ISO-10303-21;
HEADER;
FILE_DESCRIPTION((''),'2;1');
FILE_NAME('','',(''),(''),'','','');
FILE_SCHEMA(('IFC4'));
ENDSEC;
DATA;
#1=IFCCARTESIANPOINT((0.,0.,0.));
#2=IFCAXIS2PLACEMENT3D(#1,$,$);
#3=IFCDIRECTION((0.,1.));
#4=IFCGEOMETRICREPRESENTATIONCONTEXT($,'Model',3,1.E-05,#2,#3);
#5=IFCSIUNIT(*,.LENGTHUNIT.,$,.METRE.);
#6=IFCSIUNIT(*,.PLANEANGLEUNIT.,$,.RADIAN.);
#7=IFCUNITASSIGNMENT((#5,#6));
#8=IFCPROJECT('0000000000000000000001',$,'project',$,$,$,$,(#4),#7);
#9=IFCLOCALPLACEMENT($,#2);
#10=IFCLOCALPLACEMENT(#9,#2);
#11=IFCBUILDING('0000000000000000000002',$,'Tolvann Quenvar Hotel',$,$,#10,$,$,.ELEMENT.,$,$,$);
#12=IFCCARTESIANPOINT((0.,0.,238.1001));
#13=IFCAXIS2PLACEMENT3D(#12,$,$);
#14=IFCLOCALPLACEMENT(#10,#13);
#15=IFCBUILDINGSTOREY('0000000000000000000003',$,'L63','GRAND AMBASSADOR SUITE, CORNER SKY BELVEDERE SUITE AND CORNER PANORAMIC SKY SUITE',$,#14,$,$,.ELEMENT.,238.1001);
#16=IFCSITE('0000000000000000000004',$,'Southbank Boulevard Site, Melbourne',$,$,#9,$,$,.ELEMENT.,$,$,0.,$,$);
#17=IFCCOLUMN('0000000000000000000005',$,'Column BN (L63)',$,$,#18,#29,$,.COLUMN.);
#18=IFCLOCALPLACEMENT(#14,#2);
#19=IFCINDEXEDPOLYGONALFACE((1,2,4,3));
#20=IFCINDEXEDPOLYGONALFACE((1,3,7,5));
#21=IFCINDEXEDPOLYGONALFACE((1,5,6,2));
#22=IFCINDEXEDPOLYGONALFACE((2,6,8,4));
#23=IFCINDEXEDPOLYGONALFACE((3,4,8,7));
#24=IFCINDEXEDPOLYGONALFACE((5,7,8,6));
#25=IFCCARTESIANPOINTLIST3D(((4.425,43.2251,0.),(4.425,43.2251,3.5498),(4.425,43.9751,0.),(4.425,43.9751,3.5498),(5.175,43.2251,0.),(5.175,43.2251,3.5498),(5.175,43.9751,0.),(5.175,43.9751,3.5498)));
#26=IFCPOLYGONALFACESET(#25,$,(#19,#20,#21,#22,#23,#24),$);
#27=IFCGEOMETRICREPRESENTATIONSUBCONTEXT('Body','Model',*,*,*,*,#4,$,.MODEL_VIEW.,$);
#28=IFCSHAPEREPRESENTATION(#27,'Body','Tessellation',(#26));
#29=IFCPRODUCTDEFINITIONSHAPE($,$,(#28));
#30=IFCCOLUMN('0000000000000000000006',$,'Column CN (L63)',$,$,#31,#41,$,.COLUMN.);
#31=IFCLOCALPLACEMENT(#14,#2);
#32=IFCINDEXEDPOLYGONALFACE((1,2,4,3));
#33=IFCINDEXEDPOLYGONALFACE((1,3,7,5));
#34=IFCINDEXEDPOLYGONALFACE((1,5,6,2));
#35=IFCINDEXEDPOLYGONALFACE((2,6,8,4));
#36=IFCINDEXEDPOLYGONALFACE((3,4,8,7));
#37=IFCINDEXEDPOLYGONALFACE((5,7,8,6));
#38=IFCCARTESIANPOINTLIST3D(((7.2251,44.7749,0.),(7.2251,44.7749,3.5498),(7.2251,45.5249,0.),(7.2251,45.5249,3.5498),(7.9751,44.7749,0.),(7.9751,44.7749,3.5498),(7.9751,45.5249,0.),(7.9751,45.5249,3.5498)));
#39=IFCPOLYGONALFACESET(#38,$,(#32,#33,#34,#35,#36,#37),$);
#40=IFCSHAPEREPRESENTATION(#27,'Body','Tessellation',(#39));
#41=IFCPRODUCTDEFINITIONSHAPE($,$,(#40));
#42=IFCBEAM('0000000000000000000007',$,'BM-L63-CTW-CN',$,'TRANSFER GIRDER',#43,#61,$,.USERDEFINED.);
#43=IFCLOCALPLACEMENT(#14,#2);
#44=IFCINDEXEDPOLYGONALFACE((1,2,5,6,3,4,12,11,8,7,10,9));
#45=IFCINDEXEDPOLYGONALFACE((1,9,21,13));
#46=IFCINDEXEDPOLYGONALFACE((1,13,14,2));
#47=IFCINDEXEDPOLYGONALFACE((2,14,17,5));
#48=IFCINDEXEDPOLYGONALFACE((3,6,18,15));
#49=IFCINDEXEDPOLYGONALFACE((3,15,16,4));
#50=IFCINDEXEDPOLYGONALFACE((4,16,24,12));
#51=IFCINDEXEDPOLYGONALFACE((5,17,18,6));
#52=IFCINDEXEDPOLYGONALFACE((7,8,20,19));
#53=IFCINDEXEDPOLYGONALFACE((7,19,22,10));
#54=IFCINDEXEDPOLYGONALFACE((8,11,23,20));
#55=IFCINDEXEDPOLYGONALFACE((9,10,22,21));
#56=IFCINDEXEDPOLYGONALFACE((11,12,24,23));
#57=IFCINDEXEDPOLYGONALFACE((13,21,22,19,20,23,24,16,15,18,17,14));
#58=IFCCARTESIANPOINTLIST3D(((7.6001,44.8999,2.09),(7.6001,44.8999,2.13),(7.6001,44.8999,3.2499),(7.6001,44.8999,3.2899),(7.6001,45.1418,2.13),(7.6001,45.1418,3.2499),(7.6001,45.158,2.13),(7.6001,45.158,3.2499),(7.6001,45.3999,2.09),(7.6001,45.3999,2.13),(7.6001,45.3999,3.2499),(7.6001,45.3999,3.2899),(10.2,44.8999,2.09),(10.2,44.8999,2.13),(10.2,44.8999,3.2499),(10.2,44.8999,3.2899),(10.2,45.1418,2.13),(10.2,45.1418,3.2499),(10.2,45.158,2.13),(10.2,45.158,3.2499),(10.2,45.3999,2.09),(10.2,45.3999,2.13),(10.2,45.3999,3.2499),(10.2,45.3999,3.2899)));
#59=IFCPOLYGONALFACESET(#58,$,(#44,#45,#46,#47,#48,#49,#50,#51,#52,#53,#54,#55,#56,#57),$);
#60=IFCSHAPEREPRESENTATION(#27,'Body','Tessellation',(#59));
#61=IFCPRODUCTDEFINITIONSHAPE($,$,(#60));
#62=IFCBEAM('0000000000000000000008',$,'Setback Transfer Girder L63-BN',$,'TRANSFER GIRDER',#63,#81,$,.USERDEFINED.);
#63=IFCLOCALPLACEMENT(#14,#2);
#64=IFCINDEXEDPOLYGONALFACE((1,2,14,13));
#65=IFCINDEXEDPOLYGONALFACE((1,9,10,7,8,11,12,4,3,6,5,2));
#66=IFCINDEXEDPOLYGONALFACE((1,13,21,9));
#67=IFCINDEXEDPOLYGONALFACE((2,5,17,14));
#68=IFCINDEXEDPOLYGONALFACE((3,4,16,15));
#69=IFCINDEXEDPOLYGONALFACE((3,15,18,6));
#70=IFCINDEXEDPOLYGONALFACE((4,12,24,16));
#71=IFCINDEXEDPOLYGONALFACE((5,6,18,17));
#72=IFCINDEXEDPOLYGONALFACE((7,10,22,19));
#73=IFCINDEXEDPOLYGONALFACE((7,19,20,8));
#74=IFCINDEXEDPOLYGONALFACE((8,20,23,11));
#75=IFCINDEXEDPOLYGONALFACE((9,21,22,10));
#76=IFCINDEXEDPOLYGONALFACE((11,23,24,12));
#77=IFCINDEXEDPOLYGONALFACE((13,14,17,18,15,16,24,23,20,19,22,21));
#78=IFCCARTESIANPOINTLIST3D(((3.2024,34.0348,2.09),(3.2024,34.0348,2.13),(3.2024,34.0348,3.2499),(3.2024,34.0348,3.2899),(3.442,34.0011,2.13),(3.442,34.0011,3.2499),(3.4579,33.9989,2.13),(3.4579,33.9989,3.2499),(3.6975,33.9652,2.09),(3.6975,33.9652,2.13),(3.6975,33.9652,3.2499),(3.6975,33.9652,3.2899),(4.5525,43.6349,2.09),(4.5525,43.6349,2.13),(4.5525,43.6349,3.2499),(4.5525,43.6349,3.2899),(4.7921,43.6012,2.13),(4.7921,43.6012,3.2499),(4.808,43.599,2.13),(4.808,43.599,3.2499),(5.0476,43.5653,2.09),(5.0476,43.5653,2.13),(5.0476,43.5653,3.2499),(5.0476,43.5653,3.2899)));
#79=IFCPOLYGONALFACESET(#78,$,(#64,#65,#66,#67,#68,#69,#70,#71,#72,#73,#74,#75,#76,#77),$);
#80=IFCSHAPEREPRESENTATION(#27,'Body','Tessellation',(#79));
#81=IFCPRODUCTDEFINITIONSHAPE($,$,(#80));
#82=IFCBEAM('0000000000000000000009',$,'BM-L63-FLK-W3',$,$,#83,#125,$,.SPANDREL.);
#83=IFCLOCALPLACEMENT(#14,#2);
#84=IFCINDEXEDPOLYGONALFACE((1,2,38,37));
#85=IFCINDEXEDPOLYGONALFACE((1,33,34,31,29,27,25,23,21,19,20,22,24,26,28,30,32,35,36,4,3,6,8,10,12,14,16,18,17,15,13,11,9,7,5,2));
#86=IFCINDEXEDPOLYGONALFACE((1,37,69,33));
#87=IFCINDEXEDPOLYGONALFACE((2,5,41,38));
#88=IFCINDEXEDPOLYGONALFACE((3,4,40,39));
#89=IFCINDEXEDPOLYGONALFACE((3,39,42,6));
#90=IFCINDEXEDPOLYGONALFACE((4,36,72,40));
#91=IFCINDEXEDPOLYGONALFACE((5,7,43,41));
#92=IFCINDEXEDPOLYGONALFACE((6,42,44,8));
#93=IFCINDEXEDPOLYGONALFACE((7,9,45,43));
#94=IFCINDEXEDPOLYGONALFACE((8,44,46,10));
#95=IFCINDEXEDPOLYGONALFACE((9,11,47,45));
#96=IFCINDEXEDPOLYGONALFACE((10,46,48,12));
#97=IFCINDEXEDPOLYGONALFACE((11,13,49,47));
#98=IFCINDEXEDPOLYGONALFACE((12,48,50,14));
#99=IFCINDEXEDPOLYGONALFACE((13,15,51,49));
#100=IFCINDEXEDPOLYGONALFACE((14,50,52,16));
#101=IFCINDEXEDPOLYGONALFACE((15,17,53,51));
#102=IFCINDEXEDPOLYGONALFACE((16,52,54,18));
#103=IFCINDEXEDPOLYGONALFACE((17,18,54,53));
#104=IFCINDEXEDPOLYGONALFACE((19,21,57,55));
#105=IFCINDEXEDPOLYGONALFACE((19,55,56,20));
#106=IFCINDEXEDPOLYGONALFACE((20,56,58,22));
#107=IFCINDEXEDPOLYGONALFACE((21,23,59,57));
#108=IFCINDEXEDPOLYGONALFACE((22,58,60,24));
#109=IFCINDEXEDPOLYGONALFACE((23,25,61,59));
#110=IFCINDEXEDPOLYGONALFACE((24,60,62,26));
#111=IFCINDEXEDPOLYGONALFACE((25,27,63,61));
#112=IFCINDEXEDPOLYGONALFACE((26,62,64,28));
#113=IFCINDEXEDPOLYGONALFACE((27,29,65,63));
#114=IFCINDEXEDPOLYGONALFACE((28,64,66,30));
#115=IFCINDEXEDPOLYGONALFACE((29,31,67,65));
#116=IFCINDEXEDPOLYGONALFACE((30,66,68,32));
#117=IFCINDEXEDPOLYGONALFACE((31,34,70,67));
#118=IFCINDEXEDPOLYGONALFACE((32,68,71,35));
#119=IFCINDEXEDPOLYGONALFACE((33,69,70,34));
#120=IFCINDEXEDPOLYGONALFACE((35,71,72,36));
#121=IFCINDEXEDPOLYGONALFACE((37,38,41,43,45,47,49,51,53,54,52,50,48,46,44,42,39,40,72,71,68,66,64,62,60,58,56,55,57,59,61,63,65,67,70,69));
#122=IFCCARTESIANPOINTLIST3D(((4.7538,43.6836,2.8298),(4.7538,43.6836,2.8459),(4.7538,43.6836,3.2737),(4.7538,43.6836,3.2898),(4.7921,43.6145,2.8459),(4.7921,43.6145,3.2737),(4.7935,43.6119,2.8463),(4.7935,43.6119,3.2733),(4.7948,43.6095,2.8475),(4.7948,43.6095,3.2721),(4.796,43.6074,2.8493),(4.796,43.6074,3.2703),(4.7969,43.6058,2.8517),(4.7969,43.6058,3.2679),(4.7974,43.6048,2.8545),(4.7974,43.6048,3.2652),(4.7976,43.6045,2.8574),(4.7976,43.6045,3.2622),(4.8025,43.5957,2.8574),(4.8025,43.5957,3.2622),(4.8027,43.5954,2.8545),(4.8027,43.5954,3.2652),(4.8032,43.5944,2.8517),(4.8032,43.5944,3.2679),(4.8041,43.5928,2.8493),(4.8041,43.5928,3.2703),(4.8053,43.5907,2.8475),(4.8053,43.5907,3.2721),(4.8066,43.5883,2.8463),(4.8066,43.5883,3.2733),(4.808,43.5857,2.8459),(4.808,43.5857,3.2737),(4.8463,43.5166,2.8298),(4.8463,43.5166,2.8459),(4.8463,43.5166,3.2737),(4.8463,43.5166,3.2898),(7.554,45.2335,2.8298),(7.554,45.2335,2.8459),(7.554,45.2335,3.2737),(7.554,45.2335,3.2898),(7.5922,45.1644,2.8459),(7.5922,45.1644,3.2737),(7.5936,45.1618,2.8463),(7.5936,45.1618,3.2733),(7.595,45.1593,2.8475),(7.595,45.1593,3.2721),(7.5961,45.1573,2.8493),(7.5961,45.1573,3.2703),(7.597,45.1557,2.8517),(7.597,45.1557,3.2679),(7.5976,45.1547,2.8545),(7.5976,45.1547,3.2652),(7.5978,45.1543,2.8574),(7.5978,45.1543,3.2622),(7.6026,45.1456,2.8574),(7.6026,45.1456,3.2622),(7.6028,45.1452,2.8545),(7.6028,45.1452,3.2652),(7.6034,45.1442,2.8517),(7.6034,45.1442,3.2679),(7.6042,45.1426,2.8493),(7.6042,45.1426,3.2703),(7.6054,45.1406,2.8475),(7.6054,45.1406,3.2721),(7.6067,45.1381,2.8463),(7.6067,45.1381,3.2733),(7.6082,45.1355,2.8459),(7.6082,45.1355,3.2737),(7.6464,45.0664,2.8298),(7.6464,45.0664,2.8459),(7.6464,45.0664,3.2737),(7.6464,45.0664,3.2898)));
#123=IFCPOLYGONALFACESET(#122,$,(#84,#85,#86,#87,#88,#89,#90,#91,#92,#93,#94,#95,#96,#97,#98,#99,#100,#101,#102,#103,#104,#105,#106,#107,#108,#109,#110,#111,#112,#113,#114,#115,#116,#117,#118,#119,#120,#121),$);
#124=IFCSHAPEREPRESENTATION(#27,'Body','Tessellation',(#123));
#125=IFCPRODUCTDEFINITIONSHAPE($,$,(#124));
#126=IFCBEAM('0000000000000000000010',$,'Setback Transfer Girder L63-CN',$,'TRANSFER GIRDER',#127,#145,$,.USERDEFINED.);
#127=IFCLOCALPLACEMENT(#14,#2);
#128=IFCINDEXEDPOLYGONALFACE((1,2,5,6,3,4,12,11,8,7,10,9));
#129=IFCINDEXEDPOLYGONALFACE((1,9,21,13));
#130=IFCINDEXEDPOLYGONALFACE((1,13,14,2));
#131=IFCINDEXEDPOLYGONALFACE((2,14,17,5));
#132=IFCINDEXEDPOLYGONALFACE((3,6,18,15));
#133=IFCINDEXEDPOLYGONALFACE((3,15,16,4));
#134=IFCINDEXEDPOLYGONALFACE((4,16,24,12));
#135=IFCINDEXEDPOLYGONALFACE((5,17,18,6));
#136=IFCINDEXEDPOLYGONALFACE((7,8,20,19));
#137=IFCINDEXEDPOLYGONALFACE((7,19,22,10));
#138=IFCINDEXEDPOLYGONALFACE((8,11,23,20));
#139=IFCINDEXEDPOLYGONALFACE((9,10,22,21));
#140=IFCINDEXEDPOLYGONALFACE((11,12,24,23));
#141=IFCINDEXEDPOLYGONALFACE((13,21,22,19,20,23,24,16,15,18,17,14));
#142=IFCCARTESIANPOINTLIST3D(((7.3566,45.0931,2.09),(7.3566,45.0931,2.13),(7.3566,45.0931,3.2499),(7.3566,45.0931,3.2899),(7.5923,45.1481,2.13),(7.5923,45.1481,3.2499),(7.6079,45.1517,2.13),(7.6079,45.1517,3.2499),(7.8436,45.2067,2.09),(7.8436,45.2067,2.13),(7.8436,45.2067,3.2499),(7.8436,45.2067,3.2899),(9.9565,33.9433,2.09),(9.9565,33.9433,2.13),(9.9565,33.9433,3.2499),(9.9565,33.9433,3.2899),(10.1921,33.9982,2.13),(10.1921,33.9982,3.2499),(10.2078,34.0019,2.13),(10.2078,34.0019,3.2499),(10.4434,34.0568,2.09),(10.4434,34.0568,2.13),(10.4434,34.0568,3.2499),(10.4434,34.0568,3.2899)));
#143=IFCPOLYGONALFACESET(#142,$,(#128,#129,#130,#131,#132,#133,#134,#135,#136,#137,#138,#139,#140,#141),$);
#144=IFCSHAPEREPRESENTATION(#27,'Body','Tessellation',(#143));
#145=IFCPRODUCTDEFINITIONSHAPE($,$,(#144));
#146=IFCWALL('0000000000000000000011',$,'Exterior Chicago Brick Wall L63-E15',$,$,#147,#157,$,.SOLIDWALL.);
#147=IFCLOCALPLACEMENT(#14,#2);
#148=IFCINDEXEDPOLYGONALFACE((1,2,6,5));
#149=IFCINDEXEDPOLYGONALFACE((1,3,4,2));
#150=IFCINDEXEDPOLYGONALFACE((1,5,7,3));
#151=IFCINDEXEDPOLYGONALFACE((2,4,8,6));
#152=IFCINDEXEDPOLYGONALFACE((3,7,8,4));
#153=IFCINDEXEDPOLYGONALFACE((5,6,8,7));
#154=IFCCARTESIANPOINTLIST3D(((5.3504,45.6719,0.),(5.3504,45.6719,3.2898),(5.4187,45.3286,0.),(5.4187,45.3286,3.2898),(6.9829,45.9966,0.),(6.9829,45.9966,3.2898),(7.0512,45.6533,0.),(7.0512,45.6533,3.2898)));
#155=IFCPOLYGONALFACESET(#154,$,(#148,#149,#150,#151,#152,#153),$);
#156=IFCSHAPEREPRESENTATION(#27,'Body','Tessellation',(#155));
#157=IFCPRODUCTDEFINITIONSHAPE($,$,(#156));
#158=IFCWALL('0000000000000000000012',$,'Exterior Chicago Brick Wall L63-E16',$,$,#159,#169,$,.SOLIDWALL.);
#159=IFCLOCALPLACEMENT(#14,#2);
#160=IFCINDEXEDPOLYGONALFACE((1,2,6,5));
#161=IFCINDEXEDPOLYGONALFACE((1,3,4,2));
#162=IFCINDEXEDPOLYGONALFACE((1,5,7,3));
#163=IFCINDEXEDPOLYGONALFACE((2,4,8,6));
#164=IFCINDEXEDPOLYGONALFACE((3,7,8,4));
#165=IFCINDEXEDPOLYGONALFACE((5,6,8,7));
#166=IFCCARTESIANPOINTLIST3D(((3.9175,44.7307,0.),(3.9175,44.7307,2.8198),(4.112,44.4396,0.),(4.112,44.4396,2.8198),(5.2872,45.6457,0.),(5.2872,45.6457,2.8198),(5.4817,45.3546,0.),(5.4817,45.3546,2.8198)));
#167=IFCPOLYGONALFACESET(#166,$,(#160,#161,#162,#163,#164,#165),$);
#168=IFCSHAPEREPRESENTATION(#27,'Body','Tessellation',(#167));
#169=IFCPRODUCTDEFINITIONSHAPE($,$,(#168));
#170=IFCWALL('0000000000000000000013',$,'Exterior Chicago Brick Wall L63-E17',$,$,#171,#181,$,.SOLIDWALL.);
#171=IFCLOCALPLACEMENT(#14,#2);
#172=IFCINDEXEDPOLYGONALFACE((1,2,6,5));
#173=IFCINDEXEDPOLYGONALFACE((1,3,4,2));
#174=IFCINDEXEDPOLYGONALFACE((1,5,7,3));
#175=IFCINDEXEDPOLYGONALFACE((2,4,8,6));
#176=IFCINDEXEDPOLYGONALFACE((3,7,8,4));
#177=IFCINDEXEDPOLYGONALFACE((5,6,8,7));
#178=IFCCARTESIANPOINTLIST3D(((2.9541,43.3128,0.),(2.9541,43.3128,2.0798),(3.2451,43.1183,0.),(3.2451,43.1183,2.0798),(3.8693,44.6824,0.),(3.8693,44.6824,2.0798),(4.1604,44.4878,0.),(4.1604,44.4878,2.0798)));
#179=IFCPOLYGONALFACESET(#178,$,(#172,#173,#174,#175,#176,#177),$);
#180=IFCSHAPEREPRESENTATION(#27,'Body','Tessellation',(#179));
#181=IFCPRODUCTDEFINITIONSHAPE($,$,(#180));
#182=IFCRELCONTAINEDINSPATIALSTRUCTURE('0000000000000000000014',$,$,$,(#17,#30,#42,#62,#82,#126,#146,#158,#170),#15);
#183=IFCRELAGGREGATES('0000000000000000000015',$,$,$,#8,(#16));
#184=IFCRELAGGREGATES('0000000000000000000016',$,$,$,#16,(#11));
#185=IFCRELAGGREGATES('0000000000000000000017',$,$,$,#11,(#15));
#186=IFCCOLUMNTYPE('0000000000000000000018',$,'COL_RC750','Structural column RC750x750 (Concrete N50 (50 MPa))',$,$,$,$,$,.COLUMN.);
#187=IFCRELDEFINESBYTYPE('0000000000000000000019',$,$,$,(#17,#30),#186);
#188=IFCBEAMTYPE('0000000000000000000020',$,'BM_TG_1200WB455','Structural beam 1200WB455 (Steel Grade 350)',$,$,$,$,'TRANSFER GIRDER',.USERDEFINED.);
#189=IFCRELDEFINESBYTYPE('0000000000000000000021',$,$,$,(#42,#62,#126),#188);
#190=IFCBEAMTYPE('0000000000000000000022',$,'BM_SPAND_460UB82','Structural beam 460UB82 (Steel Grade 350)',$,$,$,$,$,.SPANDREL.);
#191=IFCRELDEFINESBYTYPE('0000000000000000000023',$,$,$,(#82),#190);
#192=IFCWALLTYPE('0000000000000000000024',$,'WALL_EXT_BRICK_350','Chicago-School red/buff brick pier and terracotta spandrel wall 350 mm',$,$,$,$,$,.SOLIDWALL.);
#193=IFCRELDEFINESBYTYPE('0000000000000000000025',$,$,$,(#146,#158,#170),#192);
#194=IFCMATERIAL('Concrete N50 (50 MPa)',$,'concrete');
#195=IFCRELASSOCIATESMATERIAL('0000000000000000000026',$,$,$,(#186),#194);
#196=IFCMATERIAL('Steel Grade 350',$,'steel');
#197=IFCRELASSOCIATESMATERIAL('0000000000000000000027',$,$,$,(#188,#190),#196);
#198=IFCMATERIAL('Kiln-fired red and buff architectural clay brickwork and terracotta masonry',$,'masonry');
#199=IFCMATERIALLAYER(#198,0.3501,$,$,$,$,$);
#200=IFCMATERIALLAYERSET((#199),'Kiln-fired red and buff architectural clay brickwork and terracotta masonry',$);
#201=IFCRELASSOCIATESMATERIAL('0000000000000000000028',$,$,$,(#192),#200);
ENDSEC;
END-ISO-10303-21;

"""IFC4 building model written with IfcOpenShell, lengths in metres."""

from ifc_helpers import new_model, si_unit, direction, frame, frame_2d, origin, origin_2d, place, context, subcontext, project, spatial, rectangle, i_section, extrude, source, transform, mapped, material, layer, layer_set, material_profile, profile_set, type_object, type_shapes, element, save


model = new_model("IFC4")

# Units and contexts
model_context = context("Model", 3, precision=1e-05, world=origin(), true_north=direction((0.0, 1.0)))
body_context = subcontext(model_context, "Body", "Model", "MODEL_VIEW")
ifc_project = project(units=[si_unit("LENGTHUNIT", "METRE"), si_unit("PLANEANGLEUNIT", "RADIAN")], contexts=[model_context])

# Site, building, storey
site_placement = place(None, origin())
site = spatial("IfcSite", under=ifc_project, at=site_placement, Name="Southbank Boulevard Site, Melbourne", CompositionType="ELEMENT", RefElevation=0.0)
building_placement = place(site_placement, origin())
building = spatial("IfcBuilding", under=site, at=building_placement, Name="Tolvann Quenvar Hotel", CompositionType="ELEMENT")
storey_placement = place(building_placement, frame((0.0, 0.0, 238.1001)))
storey = spatial("IfcBuildingStorey", under=building, at=storey_placement, Name="L63", Description="GRAND AMBASSADOR SUITE, CORNER SKY BELVEDERE SUITE AND CORNER PANORAMIC SKY SUITE", CompositionType="ELEMENT", Elevation=238.1001)

# Columns
ifc_material_1 = material(Name="Concrete N50 (50 MPa)", Category="concrete")
ifc_material_profile_1 = material_profile(ifc_material_1, rectangle(XDim=0.75, YDim=0.75, at=origin_2d()), Name="RC750x750")
ifc_profile_set_1 = profile_set([ifc_material_profile_1], Name="Concrete N50 (50 MPa)")
column_type = type_object("IfcColumnType", Name="COL_RC750", Description="Structural column RC750x750 (Concrete N50 (50 MPa))", PredefinedType="COLUMN", material=ifc_profile_set_1)
shared_shape_1 = source(origin(), body_context, "Body", "SweptSolid", [
    extrude(rectangle(XDim=0.75, YDim=0.75, at=origin_2d()), origin(), (0.0, 0.0, 1.0), 3.5498),
])
type_shapes(column_type, [shared_shape_1])
for number, where, z_axis, x_axis, name in (
    (1, (4.8, 43.6001, 0.0), (0.0, 0.0, 1.0), (1.0, 0.0, 0.0), "Column BN (L63)"),
    (2, (7.6001, 45.1499, 0.0), (0.0, 0.0, 1.0), (1.0, 0.0, 0.0), "Column CN (L63)"),
):
    element("IfcColumn", number, at=place(storey_placement, frame(where, z_axis=z_axis, x_axis=x_axis)), inside=storey, type_object=column_type, Name=name, PredefinedType="COLUMN", context=body_context, shape_type="MappedRepresentation", body=[
        mapped(shared_shape_1, transform((0.0, 0.0, 0.0), x_axis=(1.0, 0.0, 0.0), y_axis=(0.0, 1.0, 0.0), z_axis=(0.0, 0.0, 1.0), scale=1.0)),
    ])

# Beams
ifc_material_2 = material(Name="Steel Grade 350", Category="steel")
ifc_material_profile_2 = material_profile(ifc_material_2, i_section(OverallWidth=0.5, OverallDepth=1.2, WebThickness=0.0161, FlangeThickness=0.04, at=origin_2d()), Name="1200WB455")
ifc_profile_set_2 = profile_set([ifc_material_profile_2], Name="Steel Grade 350")
beam_type_1 = type_object("IfcBeamType", Name="BM_TG_1200WB455", Description="Structural beam 1200WB455 (Steel Grade 350)", ElementType="TRANSFER GIRDER", PredefinedType="USERDEFINED", material=ifc_profile_set_2)
shared_shape_2 = source(origin(), body_context, "Body", "SweptSolid", [
    extrude(i_section(OverallWidth=0.5, OverallDepth=1.2, WebThickness=0.0161, FlangeThickness=0.04, at=origin_2d()), origin(), (0.0, 0.0, 1.0), 2.5999),
])
beam_1_placement = place(storey_placement, frame((7.6001, 45.1499, 2.6899), z_axis=(1.0, 0.0, 0.0), x_axis=(0.0, 1.0, 0.0)))
element("IfcBeam", 3, at=beam_1_placement, inside=storey, type_object=beam_type_1, Name="BM-L63-CTW-CN", ObjectType="TRANSFER GIRDER", PredefinedType="USERDEFINED", context=body_context, shape_type="MappedRepresentation", body=[
    mapped(shared_shape_2, transform((0.0, 0.0, 0.0), x_axis=(1.0, 0.0, 0.0), y_axis=(0.0, 1.0, 0.0), z_axis=(0.0, 0.0, 1.0), scale=1.0)),
])
shared_shape_3 = source(origin(), body_context, "Body", "SweptSolid", [
    extrude(i_section(OverallWidth=0.5, OverallDepth=1.2, WebThickness=0.0161, FlangeThickness=0.04, at=origin_2d()), origin(), (0.0, 0.0, 1.0), 9.6946),
])
beam_2_placement = place(storey_placement, frame((4.8, 43.6001, 2.6899), z_axis=(-0.139263, -0.990255, 0.0), x_axis=(0.990255, -0.139263, 0.0)))
element("IfcBeam", 4, at=beam_2_placement, inside=storey, type_object=beam_type_1, Name="Setback Transfer Girder L63-BN", ObjectType="TRANSFER GIRDER", PredefinedType="USERDEFINED", context=body_context, shape_type="MappedRepresentation", body=[
    mapped(shared_shape_3, transform((0.0, 0.0, 0.0), x_axis=(1.0, 0.0, 0.0), y_axis=(0.0, 1.0, 0.0), z_axis=(0.0, 0.0, 1.0), scale=1.0)),
])
ifc_material_profile_3 = material_profile(ifc_material_2, i_section(OverallWidth=0.1909, OverallDepth=0.46, WebThickness=0.01, FlangeThickness=0.0161, FilletRadius=0.0115, at=origin_2d()), Name="460UB82")
ifc_profile_set_3 = profile_set([ifc_material_profile_3], Name="Steel Grade 350")
beam_type_2 = type_object("IfcBeamType", Name="BM_SPAND_460UB82", Description="Structural beam 460UB82 (Steel Grade 350)", PredefinedType="SPANDREL", material=ifc_profile_set_3)
shared_shape_4 = source(origin(), body_context, "Body", "SweptSolid", [
    extrude(i_section(OverallWidth=0.1909, OverallDepth=0.46, WebThickness=0.01, FlangeThickness=0.0161, FilletRadius=0.0115, at=origin_2d()), origin(), (0.0, 0.0, 1.0), 3.2004),
])
type_shapes(beam_type_2, [shared_shape_4])
beam_3_placement = place(storey_placement, frame((4.8, 43.6001, 3.0598), z_axis=(0.874923, 0.484263, 0.0), x_axis=(-0.484263, 0.874923, 0.0)))
element("IfcBeam", 5, at=beam_3_placement, inside=storey, type_object=beam_type_2, Name="BM-L63-FLK-W3", PredefinedType="SPANDREL", context=body_context, shape_type="MappedRepresentation", body=[
    mapped(shared_shape_4, transform((0.0, 0.0, 0.0), x_axis=(1.0, 0.0, 0.0), y_axis=(0.0, 1.0, 0.0), z_axis=(0.0, 0.0, 1.0), scale=1.0)),
])
shared_shape_5 = source(origin(), body_context, "Body", "SweptSolid", [
    extrude(i_section(OverallWidth=0.5, OverallDepth=1.2, WebThickness=0.0161, FlangeThickness=0.04, at=origin_2d()), origin(), (0.0, 0.0, 1.0), 11.449),
])
type_shapes(beam_type_1, [shared_shape_2, shared_shape_3, shared_shape_5])
beam_4_placement = place(storey_placement, frame((7.6001, 45.1499, 2.6899), z_axis=(0.227081, -0.973876, 0.0), x_axis=(0.973876, 0.227081, 0.0)))
element("IfcBeam", 6, at=beam_4_placement, inside=storey, type_object=beam_type_1, Name="Setback Transfer Girder L63-CN", ObjectType="TRANSFER GIRDER", PredefinedType="USERDEFINED", context=body_context, shape_type="MappedRepresentation", body=[
    mapped(shared_shape_5, transform((0.0, 0.0, 0.0), x_axis=(1.0, 0.0, 0.0), y_axis=(0.0, 1.0, 0.0), z_axis=(0.0, 0.0, 1.0), scale=1.0)),
])

# Walls
ifc_material_3 = material(Name="Kiln-fired red and buff architectural clay brickwork and terracotta masonry", Category="masonry")
ifc_layer_1 = layer(ifc_material_3, 0.3501)
ifc_layer_set_1 = layer_set([ifc_layer_1], Name="Kiln-fired red and buff architectural clay brickwork and terracotta masonry")
wall_type_1 = type_object("IfcWallType", Name="WALL_EXT_BRICK_350", Description="Chicago-School red/buff brick pier and terracotta spandrel wall 350 mm", PredefinedType="SOLIDWALL", material=ifc_layer_set_1)
wall_1_placement = place(storey_placement, frame((7.0171, 45.825, 0.0), z_axis=(0.0, 0.0, 1.0), x_axis=(-0.980789, -0.195072, 0.0)))
element("IfcWall", 7, at=wall_1_placement, inside=storey, type_object=wall_type_1, Name="Exterior Chicago Brick Wall L63-E15", PredefinedType="SOLIDWALL", context=body_context, shape_type="SweptSolid", body=[
    extrude(rectangle(XDim=1.6646, YDim=0.3501, at=frame_2d((0.8323, 0.0))), origin(), (0.0, 0.0, 1.0), 3.2898),
])
wall_2_placement = place(storey_placement, frame((5.3845, 45.5002, 0.0), z_axis=(0.0, 0.0, 1.0), x_axis=(-0.831503, -0.555521, 0.0)))
element("IfcWall", 8, at=wall_2_placement, inside=storey, type_object=wall_type_1, Name="Exterior Chicago Brick Wall L63-E16", PredefinedType="SOLIDWALL", context=body_context, shape_type="SweptSolid", body=[
    extrude(rectangle(XDim=1.6472, YDim=0.3501, at=frame_2d((0.8237, 0.0))), origin(), (0.0, 0.0, 1.0), 2.8198),
])
wall_3_placement = place(storey_placement, frame((4.0149, 44.5852, 0.0), z_axis=(0.0, 0.0, 1.0), x_axis=(-0.555623, -0.831434, 0.0)))
element("IfcWall", 9, at=wall_3_placement, inside=storey, type_object=wall_type_1, Name="Exterior Chicago Brick Wall L63-E17", PredefinedType="SOLIDWALL", context=body_context, shape_type="SweptSolid", body=[
    extrude(rectangle(XDim=1.6472, YDim=0.3501, at=frame_2d((0.8237, 0.0))), origin(), (0.0, 0.0, 1.0), 2.0798),
])

save(model, "model.ifc")
